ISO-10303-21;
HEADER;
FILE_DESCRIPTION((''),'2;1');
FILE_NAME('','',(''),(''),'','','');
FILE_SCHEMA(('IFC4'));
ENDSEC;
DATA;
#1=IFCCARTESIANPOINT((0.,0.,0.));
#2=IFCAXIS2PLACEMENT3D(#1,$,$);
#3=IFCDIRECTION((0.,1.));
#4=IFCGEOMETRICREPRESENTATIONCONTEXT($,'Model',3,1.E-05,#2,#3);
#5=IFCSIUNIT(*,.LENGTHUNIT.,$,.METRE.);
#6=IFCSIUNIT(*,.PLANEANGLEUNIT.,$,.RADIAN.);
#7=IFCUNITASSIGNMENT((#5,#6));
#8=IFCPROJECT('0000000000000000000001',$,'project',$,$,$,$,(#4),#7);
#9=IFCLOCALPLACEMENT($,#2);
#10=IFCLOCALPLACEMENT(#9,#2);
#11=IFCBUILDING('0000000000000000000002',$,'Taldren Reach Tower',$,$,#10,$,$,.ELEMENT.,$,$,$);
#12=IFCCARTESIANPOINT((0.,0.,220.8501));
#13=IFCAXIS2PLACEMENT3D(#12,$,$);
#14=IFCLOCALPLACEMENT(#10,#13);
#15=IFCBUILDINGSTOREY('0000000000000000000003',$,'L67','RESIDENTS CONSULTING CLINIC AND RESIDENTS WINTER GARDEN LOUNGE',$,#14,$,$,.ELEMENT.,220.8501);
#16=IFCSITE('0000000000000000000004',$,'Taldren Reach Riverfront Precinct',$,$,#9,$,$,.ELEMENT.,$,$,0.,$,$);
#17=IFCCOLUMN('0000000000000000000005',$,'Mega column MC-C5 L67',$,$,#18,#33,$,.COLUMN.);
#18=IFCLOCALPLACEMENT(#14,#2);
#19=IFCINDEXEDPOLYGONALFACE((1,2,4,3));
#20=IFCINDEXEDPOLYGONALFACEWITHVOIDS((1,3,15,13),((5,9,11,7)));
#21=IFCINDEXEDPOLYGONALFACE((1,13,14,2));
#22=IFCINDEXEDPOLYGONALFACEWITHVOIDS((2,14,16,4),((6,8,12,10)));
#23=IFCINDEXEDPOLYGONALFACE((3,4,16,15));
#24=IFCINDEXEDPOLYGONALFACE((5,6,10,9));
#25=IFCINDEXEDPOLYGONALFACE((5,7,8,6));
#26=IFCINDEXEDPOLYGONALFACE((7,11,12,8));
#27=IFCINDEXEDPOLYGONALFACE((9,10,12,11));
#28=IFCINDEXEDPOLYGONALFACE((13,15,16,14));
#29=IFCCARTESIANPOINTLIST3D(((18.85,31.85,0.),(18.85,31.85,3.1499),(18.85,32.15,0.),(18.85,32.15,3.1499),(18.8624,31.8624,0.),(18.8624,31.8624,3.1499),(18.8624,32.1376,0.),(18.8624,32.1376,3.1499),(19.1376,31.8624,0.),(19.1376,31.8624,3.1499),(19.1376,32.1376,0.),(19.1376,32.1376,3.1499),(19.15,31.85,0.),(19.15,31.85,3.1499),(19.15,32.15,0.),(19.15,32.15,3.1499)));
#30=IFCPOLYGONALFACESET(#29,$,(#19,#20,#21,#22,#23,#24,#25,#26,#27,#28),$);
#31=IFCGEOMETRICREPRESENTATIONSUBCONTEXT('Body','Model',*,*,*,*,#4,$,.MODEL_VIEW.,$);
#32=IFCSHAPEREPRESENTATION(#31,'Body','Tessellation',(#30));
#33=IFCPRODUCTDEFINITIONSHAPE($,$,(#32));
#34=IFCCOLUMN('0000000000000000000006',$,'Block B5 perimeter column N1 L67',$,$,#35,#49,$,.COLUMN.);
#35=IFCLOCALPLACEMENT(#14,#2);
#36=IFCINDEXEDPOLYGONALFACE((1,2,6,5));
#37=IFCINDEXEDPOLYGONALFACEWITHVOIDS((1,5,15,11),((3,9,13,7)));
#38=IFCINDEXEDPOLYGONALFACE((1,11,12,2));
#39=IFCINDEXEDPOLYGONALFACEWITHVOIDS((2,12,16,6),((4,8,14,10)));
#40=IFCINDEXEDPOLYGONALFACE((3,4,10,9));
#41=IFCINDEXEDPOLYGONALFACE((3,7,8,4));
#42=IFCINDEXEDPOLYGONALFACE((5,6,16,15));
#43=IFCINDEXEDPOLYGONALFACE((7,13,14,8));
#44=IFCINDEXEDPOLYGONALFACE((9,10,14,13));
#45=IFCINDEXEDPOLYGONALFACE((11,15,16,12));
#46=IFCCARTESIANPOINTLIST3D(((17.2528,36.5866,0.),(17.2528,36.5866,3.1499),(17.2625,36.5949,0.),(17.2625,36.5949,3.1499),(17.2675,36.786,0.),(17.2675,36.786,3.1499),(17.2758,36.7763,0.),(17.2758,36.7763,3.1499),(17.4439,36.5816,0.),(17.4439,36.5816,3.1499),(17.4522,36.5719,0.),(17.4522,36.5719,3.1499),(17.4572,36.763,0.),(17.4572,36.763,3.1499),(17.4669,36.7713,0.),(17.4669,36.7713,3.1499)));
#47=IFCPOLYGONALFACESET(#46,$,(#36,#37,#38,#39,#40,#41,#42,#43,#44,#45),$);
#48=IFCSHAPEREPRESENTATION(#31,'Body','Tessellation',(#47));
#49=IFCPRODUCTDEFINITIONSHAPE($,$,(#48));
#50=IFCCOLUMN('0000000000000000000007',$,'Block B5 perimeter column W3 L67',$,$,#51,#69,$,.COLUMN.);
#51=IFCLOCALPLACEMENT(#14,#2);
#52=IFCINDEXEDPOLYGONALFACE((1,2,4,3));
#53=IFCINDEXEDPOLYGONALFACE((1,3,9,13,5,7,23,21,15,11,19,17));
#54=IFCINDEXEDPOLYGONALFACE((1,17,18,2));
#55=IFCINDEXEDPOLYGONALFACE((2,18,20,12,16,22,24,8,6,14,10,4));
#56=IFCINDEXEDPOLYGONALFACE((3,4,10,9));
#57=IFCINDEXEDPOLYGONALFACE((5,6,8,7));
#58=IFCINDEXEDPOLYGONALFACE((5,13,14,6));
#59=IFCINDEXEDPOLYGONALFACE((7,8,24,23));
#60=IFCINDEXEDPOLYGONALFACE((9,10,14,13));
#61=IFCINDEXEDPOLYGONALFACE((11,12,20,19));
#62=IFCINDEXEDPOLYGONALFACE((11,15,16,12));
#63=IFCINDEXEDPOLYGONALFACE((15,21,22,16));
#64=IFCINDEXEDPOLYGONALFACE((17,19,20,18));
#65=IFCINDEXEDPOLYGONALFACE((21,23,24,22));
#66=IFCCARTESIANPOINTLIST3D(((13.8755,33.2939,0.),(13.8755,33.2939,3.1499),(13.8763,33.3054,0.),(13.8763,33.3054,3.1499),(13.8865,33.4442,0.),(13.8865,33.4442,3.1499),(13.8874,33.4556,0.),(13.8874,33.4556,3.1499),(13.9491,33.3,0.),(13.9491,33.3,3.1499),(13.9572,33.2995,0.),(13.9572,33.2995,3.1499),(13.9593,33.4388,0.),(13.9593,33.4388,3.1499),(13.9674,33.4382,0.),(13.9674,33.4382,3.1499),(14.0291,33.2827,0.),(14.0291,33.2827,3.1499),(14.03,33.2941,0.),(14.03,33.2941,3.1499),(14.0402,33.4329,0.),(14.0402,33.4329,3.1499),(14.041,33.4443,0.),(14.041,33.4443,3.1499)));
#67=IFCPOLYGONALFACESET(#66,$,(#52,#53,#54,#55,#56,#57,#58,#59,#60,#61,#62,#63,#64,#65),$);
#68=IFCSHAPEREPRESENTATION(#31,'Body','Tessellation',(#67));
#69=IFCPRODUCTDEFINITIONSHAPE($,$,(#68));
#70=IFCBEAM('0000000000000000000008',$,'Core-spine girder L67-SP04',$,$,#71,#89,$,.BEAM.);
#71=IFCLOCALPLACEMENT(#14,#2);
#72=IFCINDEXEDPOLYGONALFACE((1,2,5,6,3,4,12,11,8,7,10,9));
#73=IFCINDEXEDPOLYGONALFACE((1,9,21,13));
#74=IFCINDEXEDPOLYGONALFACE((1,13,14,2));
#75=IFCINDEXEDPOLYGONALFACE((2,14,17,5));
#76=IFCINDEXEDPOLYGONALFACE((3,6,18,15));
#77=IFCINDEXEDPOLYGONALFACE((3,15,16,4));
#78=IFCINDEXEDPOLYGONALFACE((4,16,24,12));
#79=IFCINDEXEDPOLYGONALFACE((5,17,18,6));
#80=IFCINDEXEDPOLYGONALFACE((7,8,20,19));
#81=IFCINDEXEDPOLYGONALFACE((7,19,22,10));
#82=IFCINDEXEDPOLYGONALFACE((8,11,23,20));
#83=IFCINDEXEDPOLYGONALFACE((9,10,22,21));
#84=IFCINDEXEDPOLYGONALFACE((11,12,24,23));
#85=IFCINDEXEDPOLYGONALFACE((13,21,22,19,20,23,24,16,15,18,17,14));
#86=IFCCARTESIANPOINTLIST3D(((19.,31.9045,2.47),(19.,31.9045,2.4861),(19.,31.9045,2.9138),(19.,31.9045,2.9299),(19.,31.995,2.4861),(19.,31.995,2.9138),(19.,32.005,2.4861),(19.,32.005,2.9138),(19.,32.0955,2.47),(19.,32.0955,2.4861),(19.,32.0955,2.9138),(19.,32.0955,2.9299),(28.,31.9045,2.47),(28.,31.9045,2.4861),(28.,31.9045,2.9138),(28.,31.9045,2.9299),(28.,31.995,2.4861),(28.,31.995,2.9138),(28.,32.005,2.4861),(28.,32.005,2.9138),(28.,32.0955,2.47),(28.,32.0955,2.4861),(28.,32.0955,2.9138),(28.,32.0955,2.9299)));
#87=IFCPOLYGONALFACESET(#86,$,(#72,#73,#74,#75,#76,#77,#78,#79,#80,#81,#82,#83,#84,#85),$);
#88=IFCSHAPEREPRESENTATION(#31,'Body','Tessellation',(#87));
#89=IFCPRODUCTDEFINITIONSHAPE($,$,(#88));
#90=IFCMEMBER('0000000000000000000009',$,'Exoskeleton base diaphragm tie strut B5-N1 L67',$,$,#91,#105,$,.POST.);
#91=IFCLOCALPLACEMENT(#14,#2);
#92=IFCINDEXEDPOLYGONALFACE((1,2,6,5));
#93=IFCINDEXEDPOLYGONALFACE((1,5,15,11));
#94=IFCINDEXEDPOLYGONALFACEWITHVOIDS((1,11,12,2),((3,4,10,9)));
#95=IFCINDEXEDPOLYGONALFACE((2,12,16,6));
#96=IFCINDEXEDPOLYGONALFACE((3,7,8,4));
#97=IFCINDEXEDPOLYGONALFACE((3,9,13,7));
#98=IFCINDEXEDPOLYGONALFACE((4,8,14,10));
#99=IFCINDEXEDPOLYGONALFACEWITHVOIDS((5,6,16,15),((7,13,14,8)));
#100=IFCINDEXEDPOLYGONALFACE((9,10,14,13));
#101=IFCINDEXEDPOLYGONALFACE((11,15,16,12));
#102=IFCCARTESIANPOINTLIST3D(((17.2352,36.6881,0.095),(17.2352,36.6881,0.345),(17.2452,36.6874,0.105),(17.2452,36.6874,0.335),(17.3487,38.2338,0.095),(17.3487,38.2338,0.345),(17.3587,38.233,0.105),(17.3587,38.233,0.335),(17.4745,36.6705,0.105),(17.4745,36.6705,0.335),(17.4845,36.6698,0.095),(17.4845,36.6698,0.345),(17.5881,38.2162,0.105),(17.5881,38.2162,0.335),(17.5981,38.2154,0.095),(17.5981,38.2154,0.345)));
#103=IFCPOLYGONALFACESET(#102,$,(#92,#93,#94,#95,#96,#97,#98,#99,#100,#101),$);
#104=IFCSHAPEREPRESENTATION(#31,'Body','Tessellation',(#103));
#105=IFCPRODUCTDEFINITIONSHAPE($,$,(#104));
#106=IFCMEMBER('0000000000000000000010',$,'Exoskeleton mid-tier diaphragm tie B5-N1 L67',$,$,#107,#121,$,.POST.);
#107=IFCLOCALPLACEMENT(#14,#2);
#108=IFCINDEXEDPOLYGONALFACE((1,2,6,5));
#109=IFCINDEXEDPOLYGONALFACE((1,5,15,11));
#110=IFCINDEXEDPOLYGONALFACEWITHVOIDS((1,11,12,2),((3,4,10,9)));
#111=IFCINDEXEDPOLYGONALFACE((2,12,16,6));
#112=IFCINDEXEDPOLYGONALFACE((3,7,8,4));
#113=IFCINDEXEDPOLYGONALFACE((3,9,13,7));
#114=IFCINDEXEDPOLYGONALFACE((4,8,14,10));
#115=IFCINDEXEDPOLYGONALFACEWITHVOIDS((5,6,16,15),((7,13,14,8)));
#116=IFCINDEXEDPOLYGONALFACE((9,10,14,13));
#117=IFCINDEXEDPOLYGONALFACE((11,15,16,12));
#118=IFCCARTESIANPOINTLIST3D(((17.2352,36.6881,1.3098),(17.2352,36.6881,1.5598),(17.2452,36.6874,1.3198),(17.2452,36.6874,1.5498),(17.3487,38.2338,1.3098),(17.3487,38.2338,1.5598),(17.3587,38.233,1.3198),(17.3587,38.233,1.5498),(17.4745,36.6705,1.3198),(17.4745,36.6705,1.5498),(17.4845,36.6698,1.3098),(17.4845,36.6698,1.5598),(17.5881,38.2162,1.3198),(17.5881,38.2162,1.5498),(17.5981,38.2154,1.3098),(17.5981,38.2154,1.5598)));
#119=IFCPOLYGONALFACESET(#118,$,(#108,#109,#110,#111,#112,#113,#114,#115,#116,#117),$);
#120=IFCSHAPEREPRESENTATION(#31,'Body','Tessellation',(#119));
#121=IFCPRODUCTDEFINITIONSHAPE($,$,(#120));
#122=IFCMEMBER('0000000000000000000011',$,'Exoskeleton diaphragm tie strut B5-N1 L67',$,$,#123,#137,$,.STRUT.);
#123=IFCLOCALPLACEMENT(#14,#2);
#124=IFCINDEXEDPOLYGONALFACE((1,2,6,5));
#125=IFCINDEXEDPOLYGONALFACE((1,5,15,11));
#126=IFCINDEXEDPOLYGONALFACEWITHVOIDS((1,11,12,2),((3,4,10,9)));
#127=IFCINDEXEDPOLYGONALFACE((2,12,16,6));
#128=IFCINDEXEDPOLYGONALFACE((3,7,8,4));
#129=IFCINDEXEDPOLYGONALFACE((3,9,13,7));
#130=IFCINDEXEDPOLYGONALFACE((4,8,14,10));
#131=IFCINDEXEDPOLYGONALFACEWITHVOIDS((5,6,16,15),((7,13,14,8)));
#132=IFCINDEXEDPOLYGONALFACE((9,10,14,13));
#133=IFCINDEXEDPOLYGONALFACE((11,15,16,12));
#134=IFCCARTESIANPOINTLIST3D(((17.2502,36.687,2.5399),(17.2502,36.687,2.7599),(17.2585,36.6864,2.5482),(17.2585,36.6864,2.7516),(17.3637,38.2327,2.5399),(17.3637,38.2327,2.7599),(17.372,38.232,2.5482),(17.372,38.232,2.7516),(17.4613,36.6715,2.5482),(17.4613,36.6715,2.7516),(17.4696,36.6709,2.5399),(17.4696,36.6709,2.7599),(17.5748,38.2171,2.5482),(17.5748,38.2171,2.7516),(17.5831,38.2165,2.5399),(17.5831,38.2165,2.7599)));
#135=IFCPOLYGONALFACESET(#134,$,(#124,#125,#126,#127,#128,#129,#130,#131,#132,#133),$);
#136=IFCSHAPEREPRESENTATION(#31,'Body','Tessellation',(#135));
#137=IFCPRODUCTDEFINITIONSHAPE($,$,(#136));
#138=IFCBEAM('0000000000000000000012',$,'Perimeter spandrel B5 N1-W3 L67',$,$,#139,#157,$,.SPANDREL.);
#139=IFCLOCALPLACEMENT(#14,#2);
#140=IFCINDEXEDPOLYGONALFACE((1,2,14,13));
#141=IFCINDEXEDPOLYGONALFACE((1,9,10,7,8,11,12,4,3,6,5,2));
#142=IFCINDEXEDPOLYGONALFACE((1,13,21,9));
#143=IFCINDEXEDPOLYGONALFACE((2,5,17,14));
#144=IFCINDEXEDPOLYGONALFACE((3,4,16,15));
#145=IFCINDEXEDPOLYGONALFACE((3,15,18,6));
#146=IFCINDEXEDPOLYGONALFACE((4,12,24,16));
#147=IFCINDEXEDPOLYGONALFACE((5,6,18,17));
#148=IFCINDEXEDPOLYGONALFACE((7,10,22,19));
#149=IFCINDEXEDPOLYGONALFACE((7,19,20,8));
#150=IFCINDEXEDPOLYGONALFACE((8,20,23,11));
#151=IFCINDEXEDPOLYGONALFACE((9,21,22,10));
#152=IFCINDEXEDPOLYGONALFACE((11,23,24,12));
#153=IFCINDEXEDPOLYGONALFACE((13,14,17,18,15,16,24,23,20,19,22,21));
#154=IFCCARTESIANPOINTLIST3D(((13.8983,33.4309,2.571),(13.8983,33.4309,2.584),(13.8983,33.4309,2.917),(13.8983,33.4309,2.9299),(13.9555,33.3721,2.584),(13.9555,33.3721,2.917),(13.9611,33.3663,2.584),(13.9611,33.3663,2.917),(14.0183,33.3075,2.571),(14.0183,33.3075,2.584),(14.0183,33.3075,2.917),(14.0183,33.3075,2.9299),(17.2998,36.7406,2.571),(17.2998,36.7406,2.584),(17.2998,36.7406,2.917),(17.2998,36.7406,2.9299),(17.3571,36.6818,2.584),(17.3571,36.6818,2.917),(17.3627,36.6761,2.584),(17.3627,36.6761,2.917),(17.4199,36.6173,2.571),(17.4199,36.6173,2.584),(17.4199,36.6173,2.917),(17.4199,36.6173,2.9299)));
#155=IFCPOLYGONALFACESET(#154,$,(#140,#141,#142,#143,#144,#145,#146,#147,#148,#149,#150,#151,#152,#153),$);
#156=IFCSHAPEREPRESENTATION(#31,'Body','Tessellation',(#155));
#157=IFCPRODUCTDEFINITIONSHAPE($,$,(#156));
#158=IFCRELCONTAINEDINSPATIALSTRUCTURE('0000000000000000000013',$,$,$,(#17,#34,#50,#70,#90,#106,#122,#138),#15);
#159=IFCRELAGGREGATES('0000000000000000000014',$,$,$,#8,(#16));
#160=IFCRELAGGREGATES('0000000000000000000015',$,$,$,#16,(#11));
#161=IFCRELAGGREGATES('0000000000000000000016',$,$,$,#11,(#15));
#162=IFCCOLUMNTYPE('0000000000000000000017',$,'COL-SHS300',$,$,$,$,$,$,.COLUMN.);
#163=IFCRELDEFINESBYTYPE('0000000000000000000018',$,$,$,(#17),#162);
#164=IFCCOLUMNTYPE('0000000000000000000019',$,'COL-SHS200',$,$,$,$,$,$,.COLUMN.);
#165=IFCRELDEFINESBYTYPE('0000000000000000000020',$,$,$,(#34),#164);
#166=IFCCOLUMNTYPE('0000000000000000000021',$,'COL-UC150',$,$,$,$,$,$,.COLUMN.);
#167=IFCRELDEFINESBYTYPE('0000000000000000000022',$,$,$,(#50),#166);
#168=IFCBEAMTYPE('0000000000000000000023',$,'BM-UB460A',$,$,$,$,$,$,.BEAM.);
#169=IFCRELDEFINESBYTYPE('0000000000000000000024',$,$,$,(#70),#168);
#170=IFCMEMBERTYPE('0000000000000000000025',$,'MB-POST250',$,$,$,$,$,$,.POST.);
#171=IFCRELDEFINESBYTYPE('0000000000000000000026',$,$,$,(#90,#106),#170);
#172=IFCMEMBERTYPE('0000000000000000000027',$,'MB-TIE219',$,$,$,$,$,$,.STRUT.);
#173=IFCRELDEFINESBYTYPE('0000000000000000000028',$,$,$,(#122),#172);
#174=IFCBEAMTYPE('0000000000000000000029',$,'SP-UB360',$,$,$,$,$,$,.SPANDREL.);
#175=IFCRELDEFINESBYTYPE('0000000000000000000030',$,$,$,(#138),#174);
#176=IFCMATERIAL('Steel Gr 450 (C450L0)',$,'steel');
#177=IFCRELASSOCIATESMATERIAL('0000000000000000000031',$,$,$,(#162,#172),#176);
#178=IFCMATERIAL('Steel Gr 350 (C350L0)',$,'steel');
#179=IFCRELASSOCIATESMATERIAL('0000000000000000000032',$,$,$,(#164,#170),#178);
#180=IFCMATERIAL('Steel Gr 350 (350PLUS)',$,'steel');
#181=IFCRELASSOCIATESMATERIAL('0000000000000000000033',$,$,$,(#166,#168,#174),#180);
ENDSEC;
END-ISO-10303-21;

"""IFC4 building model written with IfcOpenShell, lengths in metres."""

from ifc_helpers import new_model, si_unit, direction, frame, origin, origin_2d, place, context, subcontext, project, spatial, hollow_rectangle, i_section, extrude, source, transform, mapped, material, material_profile, profile_set, type_object, element, save


model = new_model("IFC4")

# Units and contexts
model_context = context("Model", 3, precision=1e-05, world=origin(), true_north=direction((0.0, 1.0)))
body_context = subcontext(model_context, "Body", "Model", "MODEL_VIEW")
ifc_project = project(units=[si_unit("LENGTHUNIT", "METRE"), si_unit("PLANEANGLEUNIT", "RADIAN")], contexts=[model_context])

# Site, building, storey
site_placement = place(None, origin())
site = spatial("IfcSite", under=ifc_project, at=site_placement, Name="Taldren Reach Riverfront Precinct", CompositionType="ELEMENT", RefElevation=0.0)
building_placement = place(site_placement, origin())
building = spatial("IfcBuilding", under=site, at=building_placement, Name="Taldren Reach Tower", CompositionType="ELEMENT")
storey_placement = place(building_placement, frame((0.0, 0.0, 220.8501)))
storey = spatial("IfcBuildingStorey", under=building, at=storey_placement, Name="L67", Description="RESIDENTS CONSULTING CLINIC AND RESIDENTS WINTER GARDEN LOUNGE", CompositionType="ELEMENT", Elevation=220.8501)

# Columns
ifc_material_1 = material(Name="Steel Gr 450 (C450L0)", Category="steel")
ifc_material_profile_1 = material_profile(ifc_material_1, hollow_rectangle(XDim=0.3, YDim=0.3, WallThickness=0.0125, at=origin_2d()), Name="300x300x12.5SHS")
ifc_profile_set_1 = profile_set([ifc_material_profile_1], Name="Steel Gr 450 (C450L0)")
column_type_1 = type_object("IfcColumnType", Name="COL-SHS300", PredefinedType="COLUMN", material=ifc_profile_set_1)
shared_shape_1 = source(origin(), body_context, "Body", "SweptSolid", [
    extrude(hollow_rectangle(XDim=0.3, YDim=0.3, WallThickness=0.0125, at=origin_2d()), origin(), (0.0, 0.0, 1.0), 3.1499),
])
column_1_placement = place(storey_placement, frame((19.0, 32.0, 0.0), z_axis=(0.0, 0.0, 1.0), x_axis=(1.0, 0.0, 0.0)))
element("IfcColumn", 1, at=column_1_placement, inside=storey, type_object=column_type_1, Name="Mega column MC-C5 L67", PredefinedType="COLUMN", context=body_context, shape_type="MappedRepresentation", body=[
    mapped(shared_shape_1, transform((0.0, 0.0, 0.0), scale=1.0)),
])
ifc_material_2 = material(Name="Steel Gr 350 (C350L0)", Category="steel")
ifc_material_profile_2 = material_profile(ifc_material_2, hollow_rectangle(XDim=0.2, YDim=0.2, WallThickness=0.009, at=origin_2d()), Name="200x200x9.0SHS")
ifc_profile_set_2 = profile_set([ifc_material_profile_2], Name="Steel Gr 350 (C350L0)")
column_type_2 = type_object("IfcColumnType", Name="COL-SHS200", PredefinedType="COLUMN", material=ifc_profile_set_2)
shared_shape_2 = source(origin(), body_context, "Body", "SweptSolid", [
    extrude(hollow_rectangle(XDim=0.2, YDim=0.2, WallThickness=0.009, at=origin_2d()), origin(), (0.0, 0.0, 1.0), 3.1499),
])
column_2_placement = place(storey_placement, frame((17.3599, 36.679, 0.0), z_axis=(0.0, 0.0, 1.0), x_axis=(0.997314, -0.073238, 0.0)))
element("IfcColumn", 2, at=column_2_placement, inside=storey, type_object=column_type_2, Name="Block B5 perimeter column N1 L67", PredefinedType="COLUMN", context=body_context, shape_type="MappedRepresentation", body=[
    mapped(shared_shape_2, transform((0.0, 0.0, 0.0), scale=1.0)),
])
ifc_material_3 = material(Name="Steel Gr 350 (350PLUS)", Category="steel")
ifc_material_profile_3 = material_profile(ifc_material_3, i_section(OverallWidth=0.1541, OverallDepth=0.1621, WebThickness=0.0081, FlangeThickness=0.0115, at=origin_2d()), Name="150UC37.2")
ifc_profile_set_3 = profile_set([ifc_material_profile_3], Name="Steel Gr 350 (350PLUS)")
column_type_3 = type_object("IfcColumnType", Name="COL-UC150", PredefinedType="COLUMN", material=ifc_profile_set_3)
shared_shape_3 = source(origin(), body_context, "Body", "SweptSolid", [
    extrude(i_section(OverallWidth=0.1541, OverallDepth=0.1621, WebThickness=0.0081, FlangeThickness=0.0115, at=origin_2d()), origin(), (0.0, 0.0, 1.0), 3.1499),
])
column_3_placement = place(storey_placement, frame((13.9583, 33.3691, 0.0), z_axis=(0.0, 0.0, 1.0), x_axis=(0.997314, -0.073238, 0.0)))
element("IfcColumn", 3, at=column_3_placement, inside=storey, type_object=column_type_3, Name="Block B5 perimeter column W3 L67", PredefinedType="COLUMN", context=body_context, shape_type="MappedRepresentation", body=[
    mapped(shared_shape_3, transform((0.0, 0.0, 0.0), scale=1.0)),
])

# Beam
ifc_material_profile_4 = material_profile(ifc_material_3, i_section(OverallWidth=0.1909, OverallDepth=0.46, WebThickness=0.01, FlangeThickness=0.0161, at=origin_2d()), Name="460UB82.1")
ifc_profile_set_4 = profile_set([ifc_material_profile_4], Name="Steel Gr 350 (350PLUS)")
beam_type_1 = type_object("IfcBeamType", Name="BM-UB460A", PredefinedType="BEAM", material=ifc_profile_set_4)
shared_shape_4 = source(origin(), body_context, "Body", "SweptSolid", [
    extrude(i_section(OverallWidth=0.1909, OverallDepth=0.46, WebThickness=0.01, FlangeThickness=0.0161, at=origin_2d()), origin(), (0.0, 0.0, 1.0), 9.0),
])
beam_1_placement = place(storey_placement, frame((19.0, 32.0, 2.7), z_axis=(1.0, 0.0, 0.0), x_axis=(0.0, 1.0, 0.0)))
element("IfcBeam", 4, at=beam_1_placement, inside=storey, type_object=beam_type_1, Name="Core-spine girder L67-SP04", PredefinedType="BEAM", context=body_context, shape_type="MappedRepresentation", body=[
    mapped(shared_shape_4, transform((0.0, 0.0, 0.0), scale=1.0)),
])

# Members
ifc_material_profile_5 = material_profile(ifc_material_2, hollow_rectangle(XDim=0.25, YDim=0.25, WallThickness=0.01, at=origin_2d()), Name="250x250x10.0SHS")
ifc_profile_set_5 = profile_set([ifc_material_profile_5], Name="Steel Gr 350 (C350L0)")
member_type_1 = type_object("IfcMemberType", Name="MB-POST250", PredefinedType="POST", material=ifc_profile_set_5)
shared_shape_5 = source(origin(), body_context, "Body", "SweptSolid", [
    extrude(hollow_rectangle(XDim=0.25, YDim=0.25, WallThickness=0.01, at=origin_2d()), origin(), (0.0, 0.0, 1.0), 1.5498),
])
for number, where, z_axis, x_axis, name in (
    (5, (17.3599, 36.679, 0.22), (0.073251, 0.997314, 0.0), (-0.997314, 0.073251, 0.0), "Exoskeleton base diaphragm tie strut B5-N1 L67"),
    (6, (17.3599, 36.679, 1.4348), (0.073251, 0.997314, 0.0), (-0.997314, 0.073251, 0.0), "Exoskeleton mid-tier diaphragm tie B5-N1 L67"),
):
    element("IfcMember", number, at=place(storey_placement, frame(where, z_axis=z_axis, x_axis=x_axis)), inside=storey, type_object=member_type_1, Name=name, PredefinedType="POST", context=body_context, shape_type="MappedRepresentation", body=[
        mapped(shared_shape_5, transform((0.0, 0.0, 0.0), scale=1.0)),
    ])
ifc_material_profile_6 = material_profile(ifc_material_1, hollow_rectangle(XDim=0.22, YDim=0.22, WallThickness=0.0083, at=origin_2d()), Name="220x220x8.2SHS")
ifc_profile_set_6 = profile_set([ifc_material_profile_6], Name="Steel Gr 450 (C450L0)")
member_type_2 = type_object("IfcMemberType", Name="MB-TIE219", PredefinedType="STRUT", material=ifc_profile_set_6)
shared_shape_6 = source(origin(), body_context, "Body", "SweptSolid", [
    extrude(hollow_rectangle(XDim=0.22, YDim=0.22, WallThickness=0.0083, at=origin_2d()), origin(), (0.0, 0.0, 1.0), 1.5498),
])
member_1_placement = place(storey_placement, frame((17.3599, 36.679, 2.6499), z_axis=(0.073251, 0.997314, 0.0), x_axis=(-0.997314, 0.073251, 0.0)))
element("IfcMember", 7, at=member_1_placement, inside=storey, type_object=member_type_2, Name="Exoskeleton diaphragm tie strut B5-N1 L67", PredefinedType="STRUT", context=body_context, shape_type="MappedRepresentation", body=[
    mapped(shared_shape_6, transform((0.0, 0.0, 0.0), scale=1.0)),
])

# Beam
ifc_material_profile_7 = material_profile(ifc_material_3, i_section(OverallWidth=0.1721, OverallDepth=0.3589, WebThickness=0.0081, FlangeThickness=0.0129, at=origin_2d()), Name="360UB56.7")
ifc_profile_set_7 = profile_set([ifc_material_profile_7], Name="Steel Gr 350 (350PLUS)")
beam_type_2 = type_object("IfcBeamType", Name="SP-UB360", PredefinedType="SPANDREL", material=ifc_profile_set_7)
shared_shape_7 = source(origin(), body_context, "Body", "SweptSolid", [
    extrude(i_section(OverallWidth=0.1721, OverallDepth=0.3589, WebThickness=0.0081, FlangeThickness=0.0129, at=origin_2d()), origin(), (0.0, 0.0, 1.0), 4.7461),
])
beam_2_placement = place(storey_placement, frame((17.3599, 36.679, 2.7505), z_axis=(-0.716711, -0.69737, 0.0), x_axis=(0.69737, -0.716711, 0.0)))
element("IfcBeam", 8, at=beam_2_placement, inside=storey, type_object=beam_type_2, Name="Perimeter spandrel B5 N1-W3 L67", PredefinedType="SPANDREL", context=body_context, shape_type="MappedRepresentation", body=[
    mapped(shared_shape_7, transform((0.0, 0.0, 0.0), scale=1.0)),
])

save(model, "model.ifc")
